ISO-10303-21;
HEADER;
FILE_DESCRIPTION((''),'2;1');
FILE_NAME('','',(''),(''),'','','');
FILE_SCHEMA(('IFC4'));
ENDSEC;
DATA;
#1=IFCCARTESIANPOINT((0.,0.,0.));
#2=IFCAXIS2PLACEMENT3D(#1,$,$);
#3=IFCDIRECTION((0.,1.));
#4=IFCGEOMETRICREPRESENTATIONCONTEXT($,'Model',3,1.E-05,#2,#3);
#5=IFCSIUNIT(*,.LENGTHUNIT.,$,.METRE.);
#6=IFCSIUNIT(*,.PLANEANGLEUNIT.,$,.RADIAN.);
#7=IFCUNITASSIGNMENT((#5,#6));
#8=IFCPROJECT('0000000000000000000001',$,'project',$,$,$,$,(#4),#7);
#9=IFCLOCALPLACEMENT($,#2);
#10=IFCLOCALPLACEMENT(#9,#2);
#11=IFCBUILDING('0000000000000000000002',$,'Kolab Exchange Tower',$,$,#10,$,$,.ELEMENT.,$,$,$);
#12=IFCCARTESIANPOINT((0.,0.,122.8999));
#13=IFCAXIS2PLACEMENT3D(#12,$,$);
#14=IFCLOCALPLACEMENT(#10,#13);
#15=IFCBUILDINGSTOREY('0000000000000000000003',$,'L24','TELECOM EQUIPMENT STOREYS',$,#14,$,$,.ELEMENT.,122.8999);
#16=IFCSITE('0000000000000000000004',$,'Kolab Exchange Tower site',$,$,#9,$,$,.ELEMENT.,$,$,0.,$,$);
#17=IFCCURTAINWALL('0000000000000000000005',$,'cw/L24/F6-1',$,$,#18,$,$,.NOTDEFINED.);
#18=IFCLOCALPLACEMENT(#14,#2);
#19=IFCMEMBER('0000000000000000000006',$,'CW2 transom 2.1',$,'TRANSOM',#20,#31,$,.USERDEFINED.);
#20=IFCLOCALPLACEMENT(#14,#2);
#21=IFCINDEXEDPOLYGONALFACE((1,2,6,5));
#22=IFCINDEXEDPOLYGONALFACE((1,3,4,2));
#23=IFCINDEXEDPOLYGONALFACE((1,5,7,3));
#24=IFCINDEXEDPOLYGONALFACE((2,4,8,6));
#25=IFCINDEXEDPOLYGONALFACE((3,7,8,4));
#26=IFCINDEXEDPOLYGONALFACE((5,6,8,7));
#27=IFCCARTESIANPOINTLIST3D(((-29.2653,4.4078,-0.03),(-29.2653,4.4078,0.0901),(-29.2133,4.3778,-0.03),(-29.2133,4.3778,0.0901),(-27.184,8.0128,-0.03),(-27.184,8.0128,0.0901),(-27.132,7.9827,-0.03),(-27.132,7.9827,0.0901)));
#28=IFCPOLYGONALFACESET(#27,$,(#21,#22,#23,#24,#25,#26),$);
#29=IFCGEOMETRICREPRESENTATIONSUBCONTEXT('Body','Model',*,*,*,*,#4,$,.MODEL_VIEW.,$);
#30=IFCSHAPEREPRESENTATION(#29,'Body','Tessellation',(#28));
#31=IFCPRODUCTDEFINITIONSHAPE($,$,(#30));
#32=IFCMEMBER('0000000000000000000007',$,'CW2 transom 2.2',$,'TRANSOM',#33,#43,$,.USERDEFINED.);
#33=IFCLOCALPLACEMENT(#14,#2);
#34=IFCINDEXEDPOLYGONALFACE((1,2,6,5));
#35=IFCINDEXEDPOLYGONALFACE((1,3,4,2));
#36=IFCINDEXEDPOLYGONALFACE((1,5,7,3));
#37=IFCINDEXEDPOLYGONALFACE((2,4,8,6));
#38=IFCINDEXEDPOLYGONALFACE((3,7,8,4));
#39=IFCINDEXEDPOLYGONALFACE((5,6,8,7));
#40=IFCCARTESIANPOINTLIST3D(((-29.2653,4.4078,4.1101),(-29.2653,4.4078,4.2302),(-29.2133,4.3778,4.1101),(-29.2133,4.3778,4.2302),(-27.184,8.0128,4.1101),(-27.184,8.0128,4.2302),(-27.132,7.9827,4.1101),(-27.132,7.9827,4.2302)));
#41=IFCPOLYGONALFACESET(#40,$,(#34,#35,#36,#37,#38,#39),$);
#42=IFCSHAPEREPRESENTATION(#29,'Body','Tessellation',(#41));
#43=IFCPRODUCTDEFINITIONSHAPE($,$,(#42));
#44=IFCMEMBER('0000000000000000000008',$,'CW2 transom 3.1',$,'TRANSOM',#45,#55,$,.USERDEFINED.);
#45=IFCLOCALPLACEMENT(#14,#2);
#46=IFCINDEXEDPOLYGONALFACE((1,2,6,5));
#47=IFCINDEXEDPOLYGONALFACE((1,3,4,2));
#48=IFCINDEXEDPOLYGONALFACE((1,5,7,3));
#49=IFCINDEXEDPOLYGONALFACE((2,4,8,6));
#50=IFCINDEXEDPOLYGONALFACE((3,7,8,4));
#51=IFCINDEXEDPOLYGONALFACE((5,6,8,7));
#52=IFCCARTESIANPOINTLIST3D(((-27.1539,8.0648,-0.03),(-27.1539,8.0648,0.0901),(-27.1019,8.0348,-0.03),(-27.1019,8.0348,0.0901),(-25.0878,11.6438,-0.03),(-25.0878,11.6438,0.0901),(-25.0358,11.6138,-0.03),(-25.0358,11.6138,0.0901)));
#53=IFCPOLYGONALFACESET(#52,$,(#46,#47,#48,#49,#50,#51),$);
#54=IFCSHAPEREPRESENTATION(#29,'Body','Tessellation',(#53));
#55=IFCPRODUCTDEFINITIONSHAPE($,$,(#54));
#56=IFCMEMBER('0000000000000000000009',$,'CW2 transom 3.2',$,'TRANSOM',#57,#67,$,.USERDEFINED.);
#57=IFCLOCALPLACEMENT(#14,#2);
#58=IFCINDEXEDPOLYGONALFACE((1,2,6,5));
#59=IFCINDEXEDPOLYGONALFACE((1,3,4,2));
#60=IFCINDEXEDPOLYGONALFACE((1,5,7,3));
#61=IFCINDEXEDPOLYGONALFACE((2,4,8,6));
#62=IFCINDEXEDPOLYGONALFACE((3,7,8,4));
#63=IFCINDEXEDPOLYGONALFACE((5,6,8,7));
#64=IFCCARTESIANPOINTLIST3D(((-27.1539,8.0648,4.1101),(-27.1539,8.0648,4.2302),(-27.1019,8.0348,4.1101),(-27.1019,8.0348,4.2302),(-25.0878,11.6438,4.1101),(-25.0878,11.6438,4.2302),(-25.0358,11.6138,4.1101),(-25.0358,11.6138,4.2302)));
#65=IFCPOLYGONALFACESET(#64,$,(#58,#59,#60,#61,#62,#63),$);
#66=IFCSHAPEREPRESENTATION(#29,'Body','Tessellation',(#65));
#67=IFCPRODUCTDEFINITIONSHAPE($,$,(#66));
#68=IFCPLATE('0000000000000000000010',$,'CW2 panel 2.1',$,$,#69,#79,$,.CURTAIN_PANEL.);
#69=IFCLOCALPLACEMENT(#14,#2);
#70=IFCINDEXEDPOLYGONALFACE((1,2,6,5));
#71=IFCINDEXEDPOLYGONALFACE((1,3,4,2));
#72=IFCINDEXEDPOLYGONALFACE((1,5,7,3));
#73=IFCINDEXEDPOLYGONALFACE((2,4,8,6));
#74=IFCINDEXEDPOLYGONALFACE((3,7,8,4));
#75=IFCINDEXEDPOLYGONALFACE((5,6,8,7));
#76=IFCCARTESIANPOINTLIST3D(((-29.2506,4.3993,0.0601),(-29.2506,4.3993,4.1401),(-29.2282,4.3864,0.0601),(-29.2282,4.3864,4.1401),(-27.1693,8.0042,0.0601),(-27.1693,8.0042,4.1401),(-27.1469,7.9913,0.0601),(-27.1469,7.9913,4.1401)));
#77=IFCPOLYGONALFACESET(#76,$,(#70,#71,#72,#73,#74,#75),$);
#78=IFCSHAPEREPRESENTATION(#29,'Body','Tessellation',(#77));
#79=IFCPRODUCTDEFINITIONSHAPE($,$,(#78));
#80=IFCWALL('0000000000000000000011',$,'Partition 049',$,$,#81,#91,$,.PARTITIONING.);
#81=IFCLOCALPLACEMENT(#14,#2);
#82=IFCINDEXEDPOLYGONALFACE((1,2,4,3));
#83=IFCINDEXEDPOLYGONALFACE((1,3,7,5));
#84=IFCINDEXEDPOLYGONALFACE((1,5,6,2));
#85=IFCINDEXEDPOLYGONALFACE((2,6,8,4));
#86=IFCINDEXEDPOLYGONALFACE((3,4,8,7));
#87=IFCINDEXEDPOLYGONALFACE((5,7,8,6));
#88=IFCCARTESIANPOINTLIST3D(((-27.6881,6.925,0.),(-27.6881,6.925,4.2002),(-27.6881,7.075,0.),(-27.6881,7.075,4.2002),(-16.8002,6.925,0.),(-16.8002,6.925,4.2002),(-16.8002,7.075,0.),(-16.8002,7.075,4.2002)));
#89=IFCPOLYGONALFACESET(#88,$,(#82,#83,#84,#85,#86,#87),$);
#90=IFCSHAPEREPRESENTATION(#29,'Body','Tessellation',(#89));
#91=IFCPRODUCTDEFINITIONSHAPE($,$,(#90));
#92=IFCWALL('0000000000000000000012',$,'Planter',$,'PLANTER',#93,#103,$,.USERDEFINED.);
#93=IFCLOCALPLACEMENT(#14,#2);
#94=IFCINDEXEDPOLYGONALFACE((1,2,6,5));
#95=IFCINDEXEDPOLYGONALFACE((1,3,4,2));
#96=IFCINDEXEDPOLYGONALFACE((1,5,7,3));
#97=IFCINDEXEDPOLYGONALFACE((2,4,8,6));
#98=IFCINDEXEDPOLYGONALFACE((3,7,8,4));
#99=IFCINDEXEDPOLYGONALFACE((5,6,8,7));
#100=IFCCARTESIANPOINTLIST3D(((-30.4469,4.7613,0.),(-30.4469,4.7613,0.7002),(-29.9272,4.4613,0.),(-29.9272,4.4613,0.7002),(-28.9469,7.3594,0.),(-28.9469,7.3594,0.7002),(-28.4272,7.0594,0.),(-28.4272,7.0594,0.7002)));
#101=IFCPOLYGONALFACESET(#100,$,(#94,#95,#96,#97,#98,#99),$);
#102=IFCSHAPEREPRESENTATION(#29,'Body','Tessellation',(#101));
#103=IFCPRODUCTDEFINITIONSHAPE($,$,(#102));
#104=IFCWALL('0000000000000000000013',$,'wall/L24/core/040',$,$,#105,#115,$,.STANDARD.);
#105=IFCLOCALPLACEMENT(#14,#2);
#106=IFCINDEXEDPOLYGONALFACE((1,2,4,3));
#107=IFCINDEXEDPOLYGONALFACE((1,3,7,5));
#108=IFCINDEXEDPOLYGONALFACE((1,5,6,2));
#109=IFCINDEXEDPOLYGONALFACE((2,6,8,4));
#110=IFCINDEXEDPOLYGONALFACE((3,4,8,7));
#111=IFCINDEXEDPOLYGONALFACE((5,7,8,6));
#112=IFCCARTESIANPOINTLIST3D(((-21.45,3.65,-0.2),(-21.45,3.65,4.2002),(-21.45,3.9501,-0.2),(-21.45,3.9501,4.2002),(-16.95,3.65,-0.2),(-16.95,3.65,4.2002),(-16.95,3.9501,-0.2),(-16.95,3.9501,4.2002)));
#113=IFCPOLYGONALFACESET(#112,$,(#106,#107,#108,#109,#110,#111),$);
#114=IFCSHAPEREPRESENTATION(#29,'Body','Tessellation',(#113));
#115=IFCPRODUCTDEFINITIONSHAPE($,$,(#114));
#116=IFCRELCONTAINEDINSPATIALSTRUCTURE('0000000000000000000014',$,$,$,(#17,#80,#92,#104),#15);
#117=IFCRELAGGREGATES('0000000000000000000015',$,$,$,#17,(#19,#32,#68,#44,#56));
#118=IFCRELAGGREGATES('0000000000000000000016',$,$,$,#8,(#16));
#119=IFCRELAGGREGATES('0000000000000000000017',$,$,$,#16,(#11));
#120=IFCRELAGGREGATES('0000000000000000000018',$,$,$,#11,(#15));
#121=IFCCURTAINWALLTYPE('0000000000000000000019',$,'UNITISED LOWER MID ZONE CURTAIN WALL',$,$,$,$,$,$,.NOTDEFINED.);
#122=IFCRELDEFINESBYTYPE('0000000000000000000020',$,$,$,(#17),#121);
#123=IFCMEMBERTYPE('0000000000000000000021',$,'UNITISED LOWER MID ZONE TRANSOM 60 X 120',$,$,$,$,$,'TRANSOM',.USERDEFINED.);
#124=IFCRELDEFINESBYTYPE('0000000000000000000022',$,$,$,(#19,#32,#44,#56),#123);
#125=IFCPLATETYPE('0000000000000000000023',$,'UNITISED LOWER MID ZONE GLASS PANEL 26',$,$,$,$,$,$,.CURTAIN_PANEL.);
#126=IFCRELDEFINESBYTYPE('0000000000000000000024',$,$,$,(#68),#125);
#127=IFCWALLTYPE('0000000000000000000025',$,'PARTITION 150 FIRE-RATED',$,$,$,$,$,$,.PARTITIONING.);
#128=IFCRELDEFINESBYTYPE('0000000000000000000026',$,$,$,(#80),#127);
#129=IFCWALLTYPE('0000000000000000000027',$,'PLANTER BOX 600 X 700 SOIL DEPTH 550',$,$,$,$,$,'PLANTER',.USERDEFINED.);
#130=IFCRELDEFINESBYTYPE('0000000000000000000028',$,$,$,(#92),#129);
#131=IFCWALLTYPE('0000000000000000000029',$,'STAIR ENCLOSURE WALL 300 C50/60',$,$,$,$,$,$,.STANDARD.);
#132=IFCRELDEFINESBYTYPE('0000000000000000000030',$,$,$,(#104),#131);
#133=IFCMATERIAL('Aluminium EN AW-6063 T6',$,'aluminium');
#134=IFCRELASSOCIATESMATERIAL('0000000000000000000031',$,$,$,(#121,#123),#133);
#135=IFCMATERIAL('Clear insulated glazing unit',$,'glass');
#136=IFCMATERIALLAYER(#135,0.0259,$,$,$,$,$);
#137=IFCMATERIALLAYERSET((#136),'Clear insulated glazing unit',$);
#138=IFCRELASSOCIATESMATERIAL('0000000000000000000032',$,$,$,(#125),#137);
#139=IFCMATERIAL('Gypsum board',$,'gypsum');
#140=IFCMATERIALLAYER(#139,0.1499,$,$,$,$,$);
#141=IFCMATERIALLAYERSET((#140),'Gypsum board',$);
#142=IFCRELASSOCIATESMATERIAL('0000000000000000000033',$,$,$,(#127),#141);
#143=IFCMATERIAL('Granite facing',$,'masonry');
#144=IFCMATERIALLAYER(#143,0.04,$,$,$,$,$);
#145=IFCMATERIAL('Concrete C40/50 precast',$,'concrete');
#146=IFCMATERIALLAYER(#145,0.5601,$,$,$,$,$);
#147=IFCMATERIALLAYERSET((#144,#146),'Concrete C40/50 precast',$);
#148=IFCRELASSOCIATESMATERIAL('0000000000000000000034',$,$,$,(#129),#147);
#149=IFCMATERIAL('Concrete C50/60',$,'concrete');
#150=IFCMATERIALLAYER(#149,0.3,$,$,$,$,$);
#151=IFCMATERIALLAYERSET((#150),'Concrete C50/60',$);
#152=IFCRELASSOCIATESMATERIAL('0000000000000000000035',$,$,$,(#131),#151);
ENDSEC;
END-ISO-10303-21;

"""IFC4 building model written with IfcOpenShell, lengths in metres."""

from ifc_helpers import new_model, si_unit, direction, frame, frame_2d, origin, origin_2d, place, context, subcontext, project, spatial, rectangle, extrude, material, layer, layer_set, material_profile, profile_set, type_object, element, aggregate, save


model = new_model("IFC4")

# Units and contexts
model_context = context("Model", 3, precision=1e-05, world=origin(), true_north=direction((0.0, 1.0)))
body_context = subcontext(model_context, "Body", "Model", "MODEL_VIEW")
ifc_project = project(units=[si_unit("LENGTHUNIT", "METRE"), si_unit("PLANEANGLEUNIT", "RADIAN")], contexts=[model_context])

# Site, building, storey
site_placement = place(None, origin())
site = spatial("IfcSite", under=ifc_project, at=site_placement, Name="Kolab Exchange Tower site", CompositionType="ELEMENT", RefElevation=0.0)
building_placement = place(site_placement, origin())
building = spatial("IfcBuilding", under=site, at=building_placement, Name="Kolab Exchange Tower", CompositionType="ELEMENT")
storey_placement = place(building_placement, frame((0.0, 0.0, 122.8999)))
storey = spatial("IfcBuildingStorey", under=building, at=storey_placement, Name="L24", Description="TELECOM EQUIPMENT STOREYS", CompositionType="ELEMENT", Elevation=122.8999)

# Shared definitions
ifc_material_1 = material(Name="Aluminium EN AW-6063 T6", Category="aluminium")
curtain_wall_type = type_object("IfcCurtainWallType", Name="UNITISED LOWER MID ZONE CURTAIN WALL", PredefinedType="NOTDEFINED", material=ifc_material_1)

# Curtain wall, members, plate
curtain_wall_1_placement = place(storey_placement, origin())
curtain_wall_1 = element("IfcCurtainWall", 1, at=curtain_wall_1_placement, inside=storey, type_object=curtain_wall_type, Name="cw/L24/F6-1", PredefinedType="NOTDEFINED")
ifc_material_profile_1 = material_profile(ifc_material_1, rectangle(XDim=0.0601, YDim=0.1201, at=origin_2d()), Name="RECT 60X120")
ifc_profile_set_1 = profile_set([ifc_material_profile_1], Name="Aluminium EN AW-6063 T6")
member_type_1 = type_object("IfcMemberType", Name="UNITISED LOWER MID ZONE TRANSOM 60 X 120", ElementType="TRANSOM", PredefinedType="USERDEFINED", material=ifc_profile_set_1)
member_1_placement = place(storey_placement, frame((-29.2393, 4.3928, 0.03), z_axis=(0.499993, 0.866029, 0.0), x_axis=(-0.866029, 0.499993, 0.0)))
member_1 = element("IfcMember", 2, at=member_1_placement, type_object=member_type_1, Name="CW2 transom 2.1", ObjectType="TRANSOM", PredefinedType="USERDEFINED", context=body_context, shape_type="SweptSolid", body=[
    extrude(rectangle(XDim=0.0601, YDim=0.1201, at=origin_2d()), origin(), (0.0, 0.0, 1.0), 4.1626),
])
member_2_placement = place(storey_placement, frame((-29.2393, 4.3928, 4.1702), z_axis=(0.499993, 0.866029, 0.0), x_axis=(-0.866029, 0.499993, 0.0)))
member_2 = element("IfcMember", 3, at=member_2_placement, type_object=member_type_1, Name="CW2 transom 2.2", ObjectType="TRANSOM", PredefinedType="USERDEFINED", context=body_context, shape_type="SweptSolid", body=[
    extrude(rectangle(XDim=0.0601, YDim=0.1201, at=origin_2d()), origin(), (0.0, 0.0, 1.0), 4.1626),
])
member_3_placement = place(storey_placement, frame((-27.1279, 8.0498, 0.03), z_axis=(0.499958, 0.86605, 0.0), x_axis=(-0.86605, 0.499958, 0.0)))
member_3 = element("IfcMember", 4, at=member_3_placement, type_object=member_type_1, Name="CW2 transom 3.1", ObjectType="TRANSOM", PredefinedType="USERDEFINED", context=body_context, shape_type="SweptSolid", body=[
    extrude(rectangle(XDim=0.0601, YDim=0.1201, at=origin_2d()), origin(), (0.0, 0.0, 1.0), 4.1326),
])
member_4_placement = place(storey_placement, frame((-27.1279, 8.0498, 4.1702), z_axis=(0.499958, 0.86605, 0.0), x_axis=(-0.86605, 0.499958, 0.0)))
member_4 = element("IfcMember", 5, at=member_4_placement, type_object=member_type_1, Name="CW2 transom 3.2", ObjectType="TRANSOM", PredefinedType="USERDEFINED", context=body_context, shape_type="SweptSolid", body=[
    extrude(rectangle(XDim=0.0601, YDim=0.1201, at=origin_2d()), origin(), (0.0, 0.0, 1.0), 4.1326),
])
ifc_material_2 = material(Name="Clear insulated glazing unit", Category="glass")
ifc_layer_1 = layer(ifc_material_2, 0.0259)
ifc_layer_set_1 = layer_set([ifc_layer_1], Name="Clear insulated glazing unit")
plate_type = type_object("IfcPlateType", Name="UNITISED LOWER MID ZONE GLASS PANEL 26", PredefinedType="CURTAIN_PANEL", material=ifc_layer_set_1)
plate_placement = place(storey_placement, frame((-28.1987, 6.1953, 0.0601), z_axis=(0.0, 0.0, 1.0), x_axis=(0.5, 0.866025, 0.0)))
plate = element("IfcPlate", 6, at=plate_placement, type_object=plate_type, Name="CW2 panel 2.1", PredefinedType="CURTAIN_PANEL", context=body_context, shape_type="SweptSolid", body=[
    extrude(rectangle(XDim=4.1626, YDim=0.0259, at=origin_2d()), origin(), (0.0, 0.0, 1.0), 4.0801),
])
aggregate(curtain_wall_1, [member_1, member_2, plate, member_3, member_4])

# Walls
ifc_material_3 = material(Name="Gypsum board", Category="gypsum")
ifc_layer_2 = layer(ifc_material_3, 0.1499)
ifc_layer_set_2 = layer_set([ifc_layer_2], Name="Gypsum board")
wall_type_1 = type_object("IfcWallType", Name="PARTITION 150 FIRE-RATED", PredefinedType="PARTITIONING", material=ifc_layer_set_2)
wall_1_placement = place(storey_placement, frame((-27.688, 7.0, 0.0), z_axis=(0.0, 0.0, 1.0), x_axis=(1.0, 0.0, 0.0)))
element("IfcWall", 7, at=wall_1_placement, inside=storey, type_object=wall_type_1, Name="Partition 049", PredefinedType="PARTITIONING", context=body_context, shape_type="SweptSolid", body=[
    extrude(rectangle(XDim=10.8879, YDim=0.1499, at=frame_2d((5.4438, 0.0))), origin(), (0.0, 0.0, 1.0), 4.2002),
])
ifc_material_4 = material(Name="Granite facing", Category="masonry")
ifc_layer_3 = layer(ifc_material_4, 0.04)
ifc_material_5 = material(Name="Concrete C40/50 precast", Category="concrete")
ifc_layer_4 = layer(ifc_material_5, 0.5601)
ifc_layer_set_3 = layer_set([ifc_layer_3, ifc_layer_4], Name="Concrete C40/50 precast")
wall_type_2 = type_object("IfcWallType", Name="PLANTER BOX 600 X 700 SOIL DEPTH 550", ElementType="PLANTER", PredefinedType="USERDEFINED", material=ifc_layer_set_3)
wall_2_placement = place(storey_placement, frame((-30.187, 4.6113, 0.0), z_axis=(0.0, 0.0, 1.0), x_axis=(0.49999, 0.866031, 0.0)))
element("IfcWall", 8, at=wall_2_placement, inside=storey, type_object=wall_type_2, Name="Planter", ObjectType="PLANTER", PredefinedType="USERDEFINED", context=body_context, shape_type="SweptSolid", body=[
    extrude(rectangle(XDim=3.0, YDim=0.6001, at=frame_2d((1.5, 0.0))), origin(), (0.0, 0.0, 1.0), 0.7002),
])
ifc_material_6 = material(Name="Concrete C50/60", Category="concrete")
ifc_layer_5 = layer(ifc_material_6, 0.3)
ifc_layer_set_4 = layer_set([ifc_layer_5], Name="Concrete C50/60")
wall_type_3 = type_object("IfcWallType", Name="STAIR ENCLOSURE WALL 300 C50/60", PredefinedType="STANDARD", material=ifc_layer_set_4)
wall_3_placement = place(storey_placement, frame((-21.45, 3.8, -0.2), z_axis=(0.0, 0.0, 1.0), x_axis=(1.0, 0.0, 0.0)))
element("IfcWall", 9, at=wall_3_placement, inside=storey, type_object=wall_type_3, Name="wall/L24/core/040", PredefinedType="STANDARD", context=body_context, shape_type="SweptSolid", body=[
    extrude(rectangle(XDim=4.5, YDim=0.3, at=frame_2d((2.25, 0.0))), origin(), (0.0, 0.0, 1.0), 4.4001),
])

save(model, "model.ifc")
